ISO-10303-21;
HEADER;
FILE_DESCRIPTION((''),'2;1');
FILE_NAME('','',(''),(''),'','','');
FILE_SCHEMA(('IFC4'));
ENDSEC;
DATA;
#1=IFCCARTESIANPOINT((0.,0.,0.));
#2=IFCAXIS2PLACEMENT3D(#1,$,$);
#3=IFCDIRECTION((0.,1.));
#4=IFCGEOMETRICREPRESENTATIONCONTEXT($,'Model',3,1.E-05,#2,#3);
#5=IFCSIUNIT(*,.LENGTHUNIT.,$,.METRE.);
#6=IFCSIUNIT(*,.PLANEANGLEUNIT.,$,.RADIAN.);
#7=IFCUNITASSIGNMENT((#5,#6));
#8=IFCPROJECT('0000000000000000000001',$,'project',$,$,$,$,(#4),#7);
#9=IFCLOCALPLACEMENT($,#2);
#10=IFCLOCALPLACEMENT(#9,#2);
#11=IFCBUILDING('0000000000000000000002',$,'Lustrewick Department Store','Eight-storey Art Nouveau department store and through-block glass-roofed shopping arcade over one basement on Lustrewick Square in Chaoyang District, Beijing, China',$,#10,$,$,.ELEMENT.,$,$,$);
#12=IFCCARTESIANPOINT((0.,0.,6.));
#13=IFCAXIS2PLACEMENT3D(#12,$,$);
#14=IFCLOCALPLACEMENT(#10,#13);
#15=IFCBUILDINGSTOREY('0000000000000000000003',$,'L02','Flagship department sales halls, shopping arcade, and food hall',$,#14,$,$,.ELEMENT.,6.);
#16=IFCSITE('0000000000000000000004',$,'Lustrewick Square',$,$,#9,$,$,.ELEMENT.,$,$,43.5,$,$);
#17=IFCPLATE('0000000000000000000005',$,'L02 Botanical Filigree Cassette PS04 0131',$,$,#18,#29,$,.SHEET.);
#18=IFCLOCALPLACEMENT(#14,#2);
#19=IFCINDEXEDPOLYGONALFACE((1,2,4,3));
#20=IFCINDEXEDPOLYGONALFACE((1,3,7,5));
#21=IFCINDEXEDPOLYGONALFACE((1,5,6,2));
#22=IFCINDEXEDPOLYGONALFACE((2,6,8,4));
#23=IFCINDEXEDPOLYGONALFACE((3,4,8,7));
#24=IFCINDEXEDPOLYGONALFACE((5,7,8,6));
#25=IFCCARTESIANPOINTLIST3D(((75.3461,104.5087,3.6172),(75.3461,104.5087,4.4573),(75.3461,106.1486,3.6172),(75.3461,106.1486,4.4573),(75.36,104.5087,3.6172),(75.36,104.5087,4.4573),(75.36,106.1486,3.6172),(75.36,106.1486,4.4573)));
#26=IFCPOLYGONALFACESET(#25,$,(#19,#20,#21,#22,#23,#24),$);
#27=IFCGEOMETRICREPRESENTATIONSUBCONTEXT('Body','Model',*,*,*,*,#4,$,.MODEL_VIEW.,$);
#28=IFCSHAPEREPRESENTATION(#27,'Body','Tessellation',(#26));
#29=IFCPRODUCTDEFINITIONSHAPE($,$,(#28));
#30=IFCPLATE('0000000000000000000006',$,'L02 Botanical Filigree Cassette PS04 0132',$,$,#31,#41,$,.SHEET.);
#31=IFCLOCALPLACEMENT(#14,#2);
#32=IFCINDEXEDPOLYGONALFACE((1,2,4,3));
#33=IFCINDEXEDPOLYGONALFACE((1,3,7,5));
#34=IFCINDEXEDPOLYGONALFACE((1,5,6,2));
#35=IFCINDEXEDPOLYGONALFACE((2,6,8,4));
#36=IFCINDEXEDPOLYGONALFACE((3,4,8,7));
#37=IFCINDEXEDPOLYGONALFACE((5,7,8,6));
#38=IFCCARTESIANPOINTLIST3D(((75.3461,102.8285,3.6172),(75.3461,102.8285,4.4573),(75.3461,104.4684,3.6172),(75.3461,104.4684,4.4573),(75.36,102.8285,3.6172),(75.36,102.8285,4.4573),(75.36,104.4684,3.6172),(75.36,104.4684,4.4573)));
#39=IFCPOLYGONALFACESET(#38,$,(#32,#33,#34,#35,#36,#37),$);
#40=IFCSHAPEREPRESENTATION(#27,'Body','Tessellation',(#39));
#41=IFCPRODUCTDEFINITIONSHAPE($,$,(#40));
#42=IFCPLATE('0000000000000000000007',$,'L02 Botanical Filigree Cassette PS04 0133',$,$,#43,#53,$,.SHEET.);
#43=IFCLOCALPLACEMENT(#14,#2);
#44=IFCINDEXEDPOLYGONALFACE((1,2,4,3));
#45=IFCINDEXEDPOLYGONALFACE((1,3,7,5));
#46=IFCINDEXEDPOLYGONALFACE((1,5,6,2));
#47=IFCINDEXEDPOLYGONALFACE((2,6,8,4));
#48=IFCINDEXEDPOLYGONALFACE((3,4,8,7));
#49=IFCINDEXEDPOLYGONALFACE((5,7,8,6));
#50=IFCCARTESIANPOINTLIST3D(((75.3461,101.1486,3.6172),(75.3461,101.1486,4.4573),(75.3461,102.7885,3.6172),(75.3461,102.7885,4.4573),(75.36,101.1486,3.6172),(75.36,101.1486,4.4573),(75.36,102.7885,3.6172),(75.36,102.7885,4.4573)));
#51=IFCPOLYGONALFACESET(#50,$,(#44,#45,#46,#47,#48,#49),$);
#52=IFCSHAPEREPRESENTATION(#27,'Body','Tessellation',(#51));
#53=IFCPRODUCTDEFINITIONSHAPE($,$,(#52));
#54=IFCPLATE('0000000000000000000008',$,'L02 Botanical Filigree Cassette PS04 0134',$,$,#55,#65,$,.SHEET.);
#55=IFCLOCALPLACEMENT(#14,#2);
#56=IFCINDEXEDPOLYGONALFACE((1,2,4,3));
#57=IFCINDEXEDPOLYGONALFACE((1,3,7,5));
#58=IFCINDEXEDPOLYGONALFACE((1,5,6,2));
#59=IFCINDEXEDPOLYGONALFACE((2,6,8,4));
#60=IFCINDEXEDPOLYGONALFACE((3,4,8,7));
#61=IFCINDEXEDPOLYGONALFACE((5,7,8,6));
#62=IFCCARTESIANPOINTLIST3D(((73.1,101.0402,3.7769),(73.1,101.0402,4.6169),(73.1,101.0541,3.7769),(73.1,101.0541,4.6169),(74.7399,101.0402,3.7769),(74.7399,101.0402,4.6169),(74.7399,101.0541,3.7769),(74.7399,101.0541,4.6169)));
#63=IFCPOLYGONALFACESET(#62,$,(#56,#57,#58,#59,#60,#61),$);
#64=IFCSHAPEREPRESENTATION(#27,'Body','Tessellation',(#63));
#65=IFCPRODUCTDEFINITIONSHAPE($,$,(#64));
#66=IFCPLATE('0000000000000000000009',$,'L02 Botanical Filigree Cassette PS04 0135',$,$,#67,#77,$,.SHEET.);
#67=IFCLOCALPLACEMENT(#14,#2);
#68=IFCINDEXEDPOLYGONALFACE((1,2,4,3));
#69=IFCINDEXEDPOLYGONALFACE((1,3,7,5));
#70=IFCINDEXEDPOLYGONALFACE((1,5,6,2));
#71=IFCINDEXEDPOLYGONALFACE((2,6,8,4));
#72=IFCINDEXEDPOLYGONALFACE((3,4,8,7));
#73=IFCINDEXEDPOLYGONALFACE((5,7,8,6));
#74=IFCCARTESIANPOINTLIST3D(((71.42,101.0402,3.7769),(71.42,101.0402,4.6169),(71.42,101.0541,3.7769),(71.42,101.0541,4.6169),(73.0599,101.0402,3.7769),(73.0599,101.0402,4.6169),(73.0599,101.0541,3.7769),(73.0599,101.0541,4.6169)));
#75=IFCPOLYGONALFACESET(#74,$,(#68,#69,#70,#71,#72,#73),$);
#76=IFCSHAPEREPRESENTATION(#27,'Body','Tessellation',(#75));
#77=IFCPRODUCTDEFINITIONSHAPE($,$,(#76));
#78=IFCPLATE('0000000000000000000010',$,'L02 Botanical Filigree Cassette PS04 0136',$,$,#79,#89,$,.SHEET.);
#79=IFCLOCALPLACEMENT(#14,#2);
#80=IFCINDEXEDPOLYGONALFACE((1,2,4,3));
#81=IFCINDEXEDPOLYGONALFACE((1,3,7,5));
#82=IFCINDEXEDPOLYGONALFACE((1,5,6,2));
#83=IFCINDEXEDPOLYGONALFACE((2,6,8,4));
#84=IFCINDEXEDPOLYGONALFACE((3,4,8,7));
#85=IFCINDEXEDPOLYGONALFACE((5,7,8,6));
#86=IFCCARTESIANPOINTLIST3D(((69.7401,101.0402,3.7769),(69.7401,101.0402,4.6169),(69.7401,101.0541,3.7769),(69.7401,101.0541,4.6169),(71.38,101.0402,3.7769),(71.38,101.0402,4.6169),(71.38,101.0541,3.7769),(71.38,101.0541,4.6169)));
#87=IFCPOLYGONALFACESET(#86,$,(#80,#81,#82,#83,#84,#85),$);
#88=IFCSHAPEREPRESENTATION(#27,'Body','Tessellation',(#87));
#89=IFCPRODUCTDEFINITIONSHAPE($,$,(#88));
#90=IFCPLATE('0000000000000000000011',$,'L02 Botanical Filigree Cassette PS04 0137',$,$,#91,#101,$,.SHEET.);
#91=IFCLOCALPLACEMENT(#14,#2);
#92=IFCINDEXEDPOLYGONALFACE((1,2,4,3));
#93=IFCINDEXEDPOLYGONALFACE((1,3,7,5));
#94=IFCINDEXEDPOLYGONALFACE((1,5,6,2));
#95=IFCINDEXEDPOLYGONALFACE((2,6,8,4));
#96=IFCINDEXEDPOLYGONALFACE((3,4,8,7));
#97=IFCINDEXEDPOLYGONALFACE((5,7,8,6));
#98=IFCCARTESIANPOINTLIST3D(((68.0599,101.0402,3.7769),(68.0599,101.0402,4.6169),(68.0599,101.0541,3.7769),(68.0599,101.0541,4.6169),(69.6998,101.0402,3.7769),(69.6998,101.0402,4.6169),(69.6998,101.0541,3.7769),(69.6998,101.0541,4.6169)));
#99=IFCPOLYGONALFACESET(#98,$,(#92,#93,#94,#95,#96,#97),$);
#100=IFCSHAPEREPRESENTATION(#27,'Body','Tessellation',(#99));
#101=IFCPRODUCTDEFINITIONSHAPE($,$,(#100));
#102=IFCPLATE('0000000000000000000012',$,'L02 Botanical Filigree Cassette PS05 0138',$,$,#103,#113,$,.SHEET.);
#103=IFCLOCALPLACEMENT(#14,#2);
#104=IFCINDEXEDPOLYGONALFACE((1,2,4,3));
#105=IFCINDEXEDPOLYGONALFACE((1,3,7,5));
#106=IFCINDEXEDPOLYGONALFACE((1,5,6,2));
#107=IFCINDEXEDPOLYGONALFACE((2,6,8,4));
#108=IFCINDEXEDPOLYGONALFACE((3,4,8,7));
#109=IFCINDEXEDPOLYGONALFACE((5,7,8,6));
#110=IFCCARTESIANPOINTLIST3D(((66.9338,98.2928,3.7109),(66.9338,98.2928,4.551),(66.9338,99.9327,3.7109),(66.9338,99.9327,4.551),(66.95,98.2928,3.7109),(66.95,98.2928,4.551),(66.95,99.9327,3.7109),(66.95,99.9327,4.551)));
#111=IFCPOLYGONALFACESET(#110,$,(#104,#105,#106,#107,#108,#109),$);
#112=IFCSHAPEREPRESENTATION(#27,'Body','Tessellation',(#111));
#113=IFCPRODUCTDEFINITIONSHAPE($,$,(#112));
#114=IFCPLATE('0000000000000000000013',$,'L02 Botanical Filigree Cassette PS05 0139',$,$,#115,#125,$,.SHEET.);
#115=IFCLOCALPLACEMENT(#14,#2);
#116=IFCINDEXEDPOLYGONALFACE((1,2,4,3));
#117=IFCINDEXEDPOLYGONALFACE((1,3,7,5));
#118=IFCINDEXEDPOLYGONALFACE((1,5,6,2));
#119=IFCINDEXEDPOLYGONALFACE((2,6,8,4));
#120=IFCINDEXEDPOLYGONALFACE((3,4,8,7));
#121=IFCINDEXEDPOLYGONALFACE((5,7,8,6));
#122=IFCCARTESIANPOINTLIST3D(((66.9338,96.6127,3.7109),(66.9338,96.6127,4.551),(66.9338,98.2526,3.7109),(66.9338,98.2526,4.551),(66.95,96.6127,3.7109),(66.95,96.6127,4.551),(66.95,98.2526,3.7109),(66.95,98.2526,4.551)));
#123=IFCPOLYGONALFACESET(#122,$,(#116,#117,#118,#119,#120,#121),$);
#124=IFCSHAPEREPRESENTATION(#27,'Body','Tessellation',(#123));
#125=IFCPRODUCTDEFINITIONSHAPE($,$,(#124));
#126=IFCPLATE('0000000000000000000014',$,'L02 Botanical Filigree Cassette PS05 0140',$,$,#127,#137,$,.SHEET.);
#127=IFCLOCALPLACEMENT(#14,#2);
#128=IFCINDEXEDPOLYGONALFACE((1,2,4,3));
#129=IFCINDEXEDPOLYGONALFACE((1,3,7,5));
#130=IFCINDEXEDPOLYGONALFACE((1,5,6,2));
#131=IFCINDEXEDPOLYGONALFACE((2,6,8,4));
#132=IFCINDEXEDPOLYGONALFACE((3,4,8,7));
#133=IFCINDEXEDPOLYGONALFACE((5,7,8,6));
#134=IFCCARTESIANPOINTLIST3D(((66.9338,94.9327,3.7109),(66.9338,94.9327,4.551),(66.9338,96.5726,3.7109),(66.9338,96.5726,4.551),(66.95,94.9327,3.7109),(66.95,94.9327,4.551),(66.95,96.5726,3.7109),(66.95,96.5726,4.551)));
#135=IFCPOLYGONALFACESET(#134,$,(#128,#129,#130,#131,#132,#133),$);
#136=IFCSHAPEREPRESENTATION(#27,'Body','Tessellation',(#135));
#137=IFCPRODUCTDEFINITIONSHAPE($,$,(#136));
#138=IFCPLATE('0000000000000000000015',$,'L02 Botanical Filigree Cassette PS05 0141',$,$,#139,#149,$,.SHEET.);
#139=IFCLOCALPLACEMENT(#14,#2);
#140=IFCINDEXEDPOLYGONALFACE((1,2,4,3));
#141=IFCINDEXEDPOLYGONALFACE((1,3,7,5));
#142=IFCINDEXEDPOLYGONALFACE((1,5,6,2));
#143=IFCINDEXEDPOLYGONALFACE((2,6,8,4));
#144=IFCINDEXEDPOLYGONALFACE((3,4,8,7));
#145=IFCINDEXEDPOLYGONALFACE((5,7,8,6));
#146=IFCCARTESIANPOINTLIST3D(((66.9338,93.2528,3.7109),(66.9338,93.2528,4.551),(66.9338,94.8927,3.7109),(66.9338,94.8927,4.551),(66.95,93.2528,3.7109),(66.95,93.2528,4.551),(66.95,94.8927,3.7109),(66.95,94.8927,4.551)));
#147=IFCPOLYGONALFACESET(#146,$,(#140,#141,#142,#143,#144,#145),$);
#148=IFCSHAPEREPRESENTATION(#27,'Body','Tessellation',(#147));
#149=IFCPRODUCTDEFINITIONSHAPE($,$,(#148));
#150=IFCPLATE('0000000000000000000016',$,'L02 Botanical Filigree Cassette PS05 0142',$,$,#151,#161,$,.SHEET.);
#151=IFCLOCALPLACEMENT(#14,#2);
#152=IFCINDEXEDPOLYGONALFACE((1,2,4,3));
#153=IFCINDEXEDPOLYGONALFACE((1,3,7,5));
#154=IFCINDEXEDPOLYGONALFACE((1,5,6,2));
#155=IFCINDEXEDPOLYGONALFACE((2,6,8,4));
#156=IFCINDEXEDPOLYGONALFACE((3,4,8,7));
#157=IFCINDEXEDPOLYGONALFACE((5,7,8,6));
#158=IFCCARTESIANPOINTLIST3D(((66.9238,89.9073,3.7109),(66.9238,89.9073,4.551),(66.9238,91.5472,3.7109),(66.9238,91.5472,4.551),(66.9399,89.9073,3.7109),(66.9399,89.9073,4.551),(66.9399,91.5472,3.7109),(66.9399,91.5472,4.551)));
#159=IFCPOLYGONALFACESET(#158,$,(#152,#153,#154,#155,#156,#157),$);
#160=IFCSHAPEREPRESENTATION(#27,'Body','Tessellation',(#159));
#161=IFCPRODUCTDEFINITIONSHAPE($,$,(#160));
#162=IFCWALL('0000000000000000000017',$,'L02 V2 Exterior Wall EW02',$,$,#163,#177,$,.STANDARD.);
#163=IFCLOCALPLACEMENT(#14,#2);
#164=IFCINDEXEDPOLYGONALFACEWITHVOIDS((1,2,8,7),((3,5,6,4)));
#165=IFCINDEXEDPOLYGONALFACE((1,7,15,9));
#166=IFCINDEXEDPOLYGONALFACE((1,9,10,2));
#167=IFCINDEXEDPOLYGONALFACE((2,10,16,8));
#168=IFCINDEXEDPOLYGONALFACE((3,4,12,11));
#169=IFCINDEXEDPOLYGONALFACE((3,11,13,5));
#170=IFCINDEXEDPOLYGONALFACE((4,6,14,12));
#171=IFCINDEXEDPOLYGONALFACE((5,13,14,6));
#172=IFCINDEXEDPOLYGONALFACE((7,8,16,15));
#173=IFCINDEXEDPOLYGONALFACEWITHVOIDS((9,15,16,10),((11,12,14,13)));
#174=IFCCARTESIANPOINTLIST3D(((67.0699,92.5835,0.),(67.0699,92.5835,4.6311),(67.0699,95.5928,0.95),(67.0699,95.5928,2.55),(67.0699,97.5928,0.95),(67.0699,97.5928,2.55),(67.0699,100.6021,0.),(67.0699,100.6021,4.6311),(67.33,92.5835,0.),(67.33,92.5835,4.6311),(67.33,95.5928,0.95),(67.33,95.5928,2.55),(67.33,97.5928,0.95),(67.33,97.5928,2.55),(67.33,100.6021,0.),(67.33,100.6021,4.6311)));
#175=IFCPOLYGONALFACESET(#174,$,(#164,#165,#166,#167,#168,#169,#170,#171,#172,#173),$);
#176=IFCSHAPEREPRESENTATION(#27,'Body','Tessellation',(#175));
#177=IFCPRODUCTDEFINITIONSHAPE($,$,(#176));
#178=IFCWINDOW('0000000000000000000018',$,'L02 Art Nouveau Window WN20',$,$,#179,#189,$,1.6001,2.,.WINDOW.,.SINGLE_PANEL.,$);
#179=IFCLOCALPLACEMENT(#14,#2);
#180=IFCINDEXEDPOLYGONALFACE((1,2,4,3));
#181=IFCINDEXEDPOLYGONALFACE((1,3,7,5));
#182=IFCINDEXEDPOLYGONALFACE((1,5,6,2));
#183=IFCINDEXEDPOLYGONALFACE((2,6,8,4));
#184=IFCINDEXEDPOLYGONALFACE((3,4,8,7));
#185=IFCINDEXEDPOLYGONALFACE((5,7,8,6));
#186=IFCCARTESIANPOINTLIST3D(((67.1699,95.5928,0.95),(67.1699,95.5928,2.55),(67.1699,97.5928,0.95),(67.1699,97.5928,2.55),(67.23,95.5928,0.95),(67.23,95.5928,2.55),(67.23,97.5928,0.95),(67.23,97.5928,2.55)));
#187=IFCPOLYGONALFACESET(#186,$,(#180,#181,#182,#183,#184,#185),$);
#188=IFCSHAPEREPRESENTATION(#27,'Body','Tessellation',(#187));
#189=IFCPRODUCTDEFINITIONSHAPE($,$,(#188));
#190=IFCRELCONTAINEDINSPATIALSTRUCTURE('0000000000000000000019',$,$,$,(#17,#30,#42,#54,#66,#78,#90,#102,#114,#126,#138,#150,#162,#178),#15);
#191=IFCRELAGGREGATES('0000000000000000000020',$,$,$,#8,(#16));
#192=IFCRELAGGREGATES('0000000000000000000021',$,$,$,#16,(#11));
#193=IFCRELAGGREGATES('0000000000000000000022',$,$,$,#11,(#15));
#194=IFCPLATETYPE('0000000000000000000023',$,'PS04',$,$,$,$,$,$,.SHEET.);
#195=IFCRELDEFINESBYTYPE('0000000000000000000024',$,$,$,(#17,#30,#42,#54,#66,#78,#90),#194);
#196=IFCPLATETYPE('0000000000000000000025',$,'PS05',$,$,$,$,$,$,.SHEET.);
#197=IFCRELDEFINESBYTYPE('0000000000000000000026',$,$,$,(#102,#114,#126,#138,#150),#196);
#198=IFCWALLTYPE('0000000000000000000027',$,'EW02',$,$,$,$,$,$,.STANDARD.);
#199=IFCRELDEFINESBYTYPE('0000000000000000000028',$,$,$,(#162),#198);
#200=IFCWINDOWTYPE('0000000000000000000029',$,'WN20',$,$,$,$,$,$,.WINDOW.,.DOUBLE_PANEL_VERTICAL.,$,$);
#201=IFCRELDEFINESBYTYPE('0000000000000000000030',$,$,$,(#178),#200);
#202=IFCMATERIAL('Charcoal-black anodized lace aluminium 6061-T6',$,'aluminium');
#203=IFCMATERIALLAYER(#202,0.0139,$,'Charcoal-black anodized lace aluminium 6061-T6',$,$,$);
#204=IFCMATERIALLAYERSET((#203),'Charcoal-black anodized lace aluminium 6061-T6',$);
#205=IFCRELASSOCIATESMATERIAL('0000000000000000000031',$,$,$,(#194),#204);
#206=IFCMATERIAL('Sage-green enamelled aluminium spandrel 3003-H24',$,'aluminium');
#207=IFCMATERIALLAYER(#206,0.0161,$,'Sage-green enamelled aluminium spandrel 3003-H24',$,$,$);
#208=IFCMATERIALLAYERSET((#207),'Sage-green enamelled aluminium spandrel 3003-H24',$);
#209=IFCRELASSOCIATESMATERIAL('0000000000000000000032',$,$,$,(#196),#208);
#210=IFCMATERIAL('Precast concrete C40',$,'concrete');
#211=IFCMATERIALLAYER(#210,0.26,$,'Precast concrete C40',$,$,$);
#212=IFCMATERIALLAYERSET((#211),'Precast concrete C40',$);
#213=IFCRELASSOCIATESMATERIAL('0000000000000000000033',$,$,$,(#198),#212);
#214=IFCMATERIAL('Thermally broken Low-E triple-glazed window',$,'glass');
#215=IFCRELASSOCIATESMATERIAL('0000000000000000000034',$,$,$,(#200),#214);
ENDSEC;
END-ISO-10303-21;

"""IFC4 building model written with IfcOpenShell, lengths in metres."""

from ifc_helpers import new_model, si_unit, direction, frame, frame_2d, origin, origin_2d, place, context, subcontext, project, spatial, rectangle, extrude, material, layer, layer_set, type_object, element, fill, save


model = new_model("IFC4")

# Units and contexts
model_context = context("Model", 3, precision=1e-05, world=origin(), true_north=direction((0.0, 1.0)))
body_context = subcontext(model_context, "Body", "Model", "MODEL_VIEW")
ifc_project = project(units=[si_unit("LENGTHUNIT", "METRE"), si_unit("PLANEANGLEUNIT", "RADIAN")], contexts=[model_context])

# Site, building, storey
site_placement = place(None, origin())
site = spatial("IfcSite", under=ifc_project, at=site_placement, Name="Lustrewick Square", CompositionType="ELEMENT", RefElevation=43.5)
building_placement = place(site_placement, origin())
building = spatial("IfcBuilding", under=site, at=building_placement, Name="Lustrewick Department Store", Description="Eight-storey Art Nouveau department store and through-block glass-roofed shopping arcade over one basement on Lustrewick Square in Chaoyang District, Beijing, China", CompositionType="ELEMENT")
storey_placement = place(building_placement, frame((0.0, 0.0, 6.0)))
storey = spatial("IfcBuildingStorey", under=building, at=storey_placement, Name="L02", Description="Flagship department sales halls, shopping arcade, and food hall", CompositionType="ELEMENT", Elevation=6.0)

# Plates
ifc_material_1 = material(Name="Charcoal-black anodized lace aluminium 6061-T6", Category="aluminium")
ifc_layer_1 = layer(ifc_material_1, 0.0139, Name="Charcoal-black anodized lace aluminium 6061-T6")
ifc_layer_set_1 = layer_set([ifc_layer_1], Name="Charcoal-black anodized lace aluminium 6061-T6")
plate_type_1 = type_object("IfcPlateType", Name="PS04", PredefinedType="SHEET", material=ifc_layer_set_1)
for number, where, z_axis, x_axis, name in (
    (1, (75.353, 105.3286, 3.6172), (0.0, 0.0, 1.0), (0.0, -1.0, 0.0), "L02 Botanical Filigree Cassette PS04 0131"),
    (2, (75.353, 103.6484, 3.6172), (0.0, 0.0, 1.0), (0.0, -1.0, 0.0), "L02 Botanical Filigree Cassette PS04 0132"),
    (3, (75.353, 101.9685, 3.6172), (0.0, 0.0, 1.0), (0.0, -1.0, 0.0), "L02 Botanical Filigree Cassette PS04 0133"),
    (4, (73.9199, 101.0471, 3.7769), (0.0, 0.0, 1.0), (-1.0, 0.0, 0.0), "L02 Botanical Filigree Cassette PS04 0134"),
    (5, (72.24, 101.0471, 3.7769), (0.0, 0.0, 1.0), (-1.0, 0.0, 0.0), "L02 Botanical Filigree Cassette PS04 0135"),
    (6, (70.5601, 101.0471, 3.7769), (0.0, 0.0, 1.0), (-1.0, 0.0, 0.0), "L02 Botanical Filigree Cassette PS04 0136"),
    (7, (68.8799, 101.0471, 3.7769), (0.0, 0.0, 1.0), (-1.0, 0.0, 0.0), "L02 Botanical Filigree Cassette PS04 0137"),
):
    element("IfcPlate", number, at=place(storey_placement, frame(where, z_axis=z_axis, x_axis=x_axis)), inside=storey, type_object=plate_type_1, Name=name, PredefinedType="SHEET", context=body_context, shape_type="SweptSolid", body=[
        extrude(rectangle(XDim=1.6399, YDim=0.0139, at=origin_2d()), origin(), (0.0, 0.0, 1.0), 0.8401),
    ])
ifc_material_2 = material(Name="Sage-green enamelled aluminium spandrel 3003-H24", Category="aluminium")
ifc_layer_2 = layer(ifc_material_2, 0.0161, Name="Sage-green enamelled aluminium spandrel 3003-H24")
ifc_layer_set_2 = layer_set([ifc_layer_2], Name="Sage-green enamelled aluminium spandrel 3003-H24")
plate_type_2 = type_object("IfcPlateType", Name="PS05", PredefinedType="SHEET", material=ifc_layer_set_2)
for number, where, z_axis, x_axis, name in (
    (8, (66.9419, 99.1128, 3.7109), (0.0, 0.0, 1.0), (0.0, -1.0, 0.0), "L02 Botanical Filigree Cassette PS05 0138"),
    (9, (66.9419, 97.4326, 3.7109), (0.0, 0.0, 1.0), (0.0, -1.0, 0.0), "L02 Botanical Filigree Cassette PS05 0139"),
    (10, (66.9419, 95.7527, 3.7109), (0.0, 0.0, 1.0), (0.0, -1.0, 0.0), "L02 Botanical Filigree Cassette PS05 0140"),
    (11, (66.9419, 94.0728, 3.7109), (0.0, 0.0, 1.0), (0.0, -1.0, 0.0), "L02 Botanical Filigree Cassette PS05 0141"),
    (12, (66.9319, 90.7273, 3.7109), (0.0, 0.0, 1.0), (0.0, -1.0, 0.0), "L02 Botanical Filigree Cassette PS05 0142"),
):
    element("IfcPlate", number, at=place(storey_placement, frame(where, z_axis=z_axis, x_axis=x_axis)), inside=storey, type_object=plate_type_2, Name=name, PredefinedType="SHEET", context=body_context, shape_type="SweptSolid", body=[
        extrude(rectangle(XDim=1.6399, YDim=0.0161, at=origin_2d()), origin(), (0.0, 0.0, 1.0), 0.8401),
    ])

# Wall, opening, window
ifc_material_3 = material(Name="Precast concrete C40", Category="concrete")
ifc_layer_3 = layer(ifc_material_3, 0.26, Name="Precast concrete C40")
ifc_layer_set_3 = layer_set([ifc_layer_3], Name="Precast concrete C40")
wall_type_1 = type_object("IfcWallType", Name="EW02", PredefinedType="STANDARD", material=ifc_layer_set_3)
wall_1_placement = place(storey_placement, frame((67.2, 100.6021, 0.0), z_axis=(0.0, 0.0, 1.0), x_axis=(0.0, -1.0, 0.0)))
wall_1 = element("IfcWall", 13, at=wall_1_placement, inside=storey, type_object=wall_type_1, Name="L02 V2 Exterior Wall EW02", PredefinedType="STANDARD", context=body_context, shape_type="SweptSolid", body=[
    extrude(rectangle(XDim=8.0186, YDim=0.26, at=frame_2d((4.0093, 0.0))), origin(), (0.0, 0.0, 1.0), 4.6311),
])
opening_1_placement = place(wall_1_placement, frame((3.0093, 0.0, 0.95)))
opening_1 = element("IfcOpeningElement", 14, at=opening_1_placement, cuts=wall_1, PredefinedType="OPENING", context=body_context, shape_type="SweptSolid", body=[
    extrude(rectangle(XDim=2.0, YDim=1.6001, at=frame_2d((1.0, 0.8))), frame((0.0, 0.1401, 0.0), z_axis=(0.0, -1.0, 0.0), x_axis=(1.0, 0.0, 0.0)), (0.0, 0.0, 1.0), 0.28),
])
ifc_material_4 = material(Name="Thermally broken Low-E triple-glazed window", Category="glass")
window_type_1 = type_object("IfcWindowType", Name="WN20", PartitioningType="DOUBLE_PANEL_VERTICAL", PredefinedType="WINDOW", material=ifc_material_4)
window_1_placement = place(opening_1_placement, origin())
window_1 = element("IfcWindow", 15, at=window_1_placement, inside=storey, type_object=window_type_1, Name="L02 Art Nouveau Window WN20", OverallHeight=1.6001, OverallWidth=2.0, PartitioningType="SINGLE_PANEL", PredefinedType="WINDOW", context=body_context, shape_type="SweptSolid", body=[
    extrude(rectangle(XDim=2.0, YDim=1.6001, at=frame_2d((1.0, 0.8))), frame((0.0, 0.03, 0.0), z_axis=(0.0, -1.0, 0.0), x_axis=(1.0, 0.0, 0.0)), (0.0, 0.0, 1.0), 0.0601),
])
fill(opening_1, window_1)

save(model, "model.ifc")
